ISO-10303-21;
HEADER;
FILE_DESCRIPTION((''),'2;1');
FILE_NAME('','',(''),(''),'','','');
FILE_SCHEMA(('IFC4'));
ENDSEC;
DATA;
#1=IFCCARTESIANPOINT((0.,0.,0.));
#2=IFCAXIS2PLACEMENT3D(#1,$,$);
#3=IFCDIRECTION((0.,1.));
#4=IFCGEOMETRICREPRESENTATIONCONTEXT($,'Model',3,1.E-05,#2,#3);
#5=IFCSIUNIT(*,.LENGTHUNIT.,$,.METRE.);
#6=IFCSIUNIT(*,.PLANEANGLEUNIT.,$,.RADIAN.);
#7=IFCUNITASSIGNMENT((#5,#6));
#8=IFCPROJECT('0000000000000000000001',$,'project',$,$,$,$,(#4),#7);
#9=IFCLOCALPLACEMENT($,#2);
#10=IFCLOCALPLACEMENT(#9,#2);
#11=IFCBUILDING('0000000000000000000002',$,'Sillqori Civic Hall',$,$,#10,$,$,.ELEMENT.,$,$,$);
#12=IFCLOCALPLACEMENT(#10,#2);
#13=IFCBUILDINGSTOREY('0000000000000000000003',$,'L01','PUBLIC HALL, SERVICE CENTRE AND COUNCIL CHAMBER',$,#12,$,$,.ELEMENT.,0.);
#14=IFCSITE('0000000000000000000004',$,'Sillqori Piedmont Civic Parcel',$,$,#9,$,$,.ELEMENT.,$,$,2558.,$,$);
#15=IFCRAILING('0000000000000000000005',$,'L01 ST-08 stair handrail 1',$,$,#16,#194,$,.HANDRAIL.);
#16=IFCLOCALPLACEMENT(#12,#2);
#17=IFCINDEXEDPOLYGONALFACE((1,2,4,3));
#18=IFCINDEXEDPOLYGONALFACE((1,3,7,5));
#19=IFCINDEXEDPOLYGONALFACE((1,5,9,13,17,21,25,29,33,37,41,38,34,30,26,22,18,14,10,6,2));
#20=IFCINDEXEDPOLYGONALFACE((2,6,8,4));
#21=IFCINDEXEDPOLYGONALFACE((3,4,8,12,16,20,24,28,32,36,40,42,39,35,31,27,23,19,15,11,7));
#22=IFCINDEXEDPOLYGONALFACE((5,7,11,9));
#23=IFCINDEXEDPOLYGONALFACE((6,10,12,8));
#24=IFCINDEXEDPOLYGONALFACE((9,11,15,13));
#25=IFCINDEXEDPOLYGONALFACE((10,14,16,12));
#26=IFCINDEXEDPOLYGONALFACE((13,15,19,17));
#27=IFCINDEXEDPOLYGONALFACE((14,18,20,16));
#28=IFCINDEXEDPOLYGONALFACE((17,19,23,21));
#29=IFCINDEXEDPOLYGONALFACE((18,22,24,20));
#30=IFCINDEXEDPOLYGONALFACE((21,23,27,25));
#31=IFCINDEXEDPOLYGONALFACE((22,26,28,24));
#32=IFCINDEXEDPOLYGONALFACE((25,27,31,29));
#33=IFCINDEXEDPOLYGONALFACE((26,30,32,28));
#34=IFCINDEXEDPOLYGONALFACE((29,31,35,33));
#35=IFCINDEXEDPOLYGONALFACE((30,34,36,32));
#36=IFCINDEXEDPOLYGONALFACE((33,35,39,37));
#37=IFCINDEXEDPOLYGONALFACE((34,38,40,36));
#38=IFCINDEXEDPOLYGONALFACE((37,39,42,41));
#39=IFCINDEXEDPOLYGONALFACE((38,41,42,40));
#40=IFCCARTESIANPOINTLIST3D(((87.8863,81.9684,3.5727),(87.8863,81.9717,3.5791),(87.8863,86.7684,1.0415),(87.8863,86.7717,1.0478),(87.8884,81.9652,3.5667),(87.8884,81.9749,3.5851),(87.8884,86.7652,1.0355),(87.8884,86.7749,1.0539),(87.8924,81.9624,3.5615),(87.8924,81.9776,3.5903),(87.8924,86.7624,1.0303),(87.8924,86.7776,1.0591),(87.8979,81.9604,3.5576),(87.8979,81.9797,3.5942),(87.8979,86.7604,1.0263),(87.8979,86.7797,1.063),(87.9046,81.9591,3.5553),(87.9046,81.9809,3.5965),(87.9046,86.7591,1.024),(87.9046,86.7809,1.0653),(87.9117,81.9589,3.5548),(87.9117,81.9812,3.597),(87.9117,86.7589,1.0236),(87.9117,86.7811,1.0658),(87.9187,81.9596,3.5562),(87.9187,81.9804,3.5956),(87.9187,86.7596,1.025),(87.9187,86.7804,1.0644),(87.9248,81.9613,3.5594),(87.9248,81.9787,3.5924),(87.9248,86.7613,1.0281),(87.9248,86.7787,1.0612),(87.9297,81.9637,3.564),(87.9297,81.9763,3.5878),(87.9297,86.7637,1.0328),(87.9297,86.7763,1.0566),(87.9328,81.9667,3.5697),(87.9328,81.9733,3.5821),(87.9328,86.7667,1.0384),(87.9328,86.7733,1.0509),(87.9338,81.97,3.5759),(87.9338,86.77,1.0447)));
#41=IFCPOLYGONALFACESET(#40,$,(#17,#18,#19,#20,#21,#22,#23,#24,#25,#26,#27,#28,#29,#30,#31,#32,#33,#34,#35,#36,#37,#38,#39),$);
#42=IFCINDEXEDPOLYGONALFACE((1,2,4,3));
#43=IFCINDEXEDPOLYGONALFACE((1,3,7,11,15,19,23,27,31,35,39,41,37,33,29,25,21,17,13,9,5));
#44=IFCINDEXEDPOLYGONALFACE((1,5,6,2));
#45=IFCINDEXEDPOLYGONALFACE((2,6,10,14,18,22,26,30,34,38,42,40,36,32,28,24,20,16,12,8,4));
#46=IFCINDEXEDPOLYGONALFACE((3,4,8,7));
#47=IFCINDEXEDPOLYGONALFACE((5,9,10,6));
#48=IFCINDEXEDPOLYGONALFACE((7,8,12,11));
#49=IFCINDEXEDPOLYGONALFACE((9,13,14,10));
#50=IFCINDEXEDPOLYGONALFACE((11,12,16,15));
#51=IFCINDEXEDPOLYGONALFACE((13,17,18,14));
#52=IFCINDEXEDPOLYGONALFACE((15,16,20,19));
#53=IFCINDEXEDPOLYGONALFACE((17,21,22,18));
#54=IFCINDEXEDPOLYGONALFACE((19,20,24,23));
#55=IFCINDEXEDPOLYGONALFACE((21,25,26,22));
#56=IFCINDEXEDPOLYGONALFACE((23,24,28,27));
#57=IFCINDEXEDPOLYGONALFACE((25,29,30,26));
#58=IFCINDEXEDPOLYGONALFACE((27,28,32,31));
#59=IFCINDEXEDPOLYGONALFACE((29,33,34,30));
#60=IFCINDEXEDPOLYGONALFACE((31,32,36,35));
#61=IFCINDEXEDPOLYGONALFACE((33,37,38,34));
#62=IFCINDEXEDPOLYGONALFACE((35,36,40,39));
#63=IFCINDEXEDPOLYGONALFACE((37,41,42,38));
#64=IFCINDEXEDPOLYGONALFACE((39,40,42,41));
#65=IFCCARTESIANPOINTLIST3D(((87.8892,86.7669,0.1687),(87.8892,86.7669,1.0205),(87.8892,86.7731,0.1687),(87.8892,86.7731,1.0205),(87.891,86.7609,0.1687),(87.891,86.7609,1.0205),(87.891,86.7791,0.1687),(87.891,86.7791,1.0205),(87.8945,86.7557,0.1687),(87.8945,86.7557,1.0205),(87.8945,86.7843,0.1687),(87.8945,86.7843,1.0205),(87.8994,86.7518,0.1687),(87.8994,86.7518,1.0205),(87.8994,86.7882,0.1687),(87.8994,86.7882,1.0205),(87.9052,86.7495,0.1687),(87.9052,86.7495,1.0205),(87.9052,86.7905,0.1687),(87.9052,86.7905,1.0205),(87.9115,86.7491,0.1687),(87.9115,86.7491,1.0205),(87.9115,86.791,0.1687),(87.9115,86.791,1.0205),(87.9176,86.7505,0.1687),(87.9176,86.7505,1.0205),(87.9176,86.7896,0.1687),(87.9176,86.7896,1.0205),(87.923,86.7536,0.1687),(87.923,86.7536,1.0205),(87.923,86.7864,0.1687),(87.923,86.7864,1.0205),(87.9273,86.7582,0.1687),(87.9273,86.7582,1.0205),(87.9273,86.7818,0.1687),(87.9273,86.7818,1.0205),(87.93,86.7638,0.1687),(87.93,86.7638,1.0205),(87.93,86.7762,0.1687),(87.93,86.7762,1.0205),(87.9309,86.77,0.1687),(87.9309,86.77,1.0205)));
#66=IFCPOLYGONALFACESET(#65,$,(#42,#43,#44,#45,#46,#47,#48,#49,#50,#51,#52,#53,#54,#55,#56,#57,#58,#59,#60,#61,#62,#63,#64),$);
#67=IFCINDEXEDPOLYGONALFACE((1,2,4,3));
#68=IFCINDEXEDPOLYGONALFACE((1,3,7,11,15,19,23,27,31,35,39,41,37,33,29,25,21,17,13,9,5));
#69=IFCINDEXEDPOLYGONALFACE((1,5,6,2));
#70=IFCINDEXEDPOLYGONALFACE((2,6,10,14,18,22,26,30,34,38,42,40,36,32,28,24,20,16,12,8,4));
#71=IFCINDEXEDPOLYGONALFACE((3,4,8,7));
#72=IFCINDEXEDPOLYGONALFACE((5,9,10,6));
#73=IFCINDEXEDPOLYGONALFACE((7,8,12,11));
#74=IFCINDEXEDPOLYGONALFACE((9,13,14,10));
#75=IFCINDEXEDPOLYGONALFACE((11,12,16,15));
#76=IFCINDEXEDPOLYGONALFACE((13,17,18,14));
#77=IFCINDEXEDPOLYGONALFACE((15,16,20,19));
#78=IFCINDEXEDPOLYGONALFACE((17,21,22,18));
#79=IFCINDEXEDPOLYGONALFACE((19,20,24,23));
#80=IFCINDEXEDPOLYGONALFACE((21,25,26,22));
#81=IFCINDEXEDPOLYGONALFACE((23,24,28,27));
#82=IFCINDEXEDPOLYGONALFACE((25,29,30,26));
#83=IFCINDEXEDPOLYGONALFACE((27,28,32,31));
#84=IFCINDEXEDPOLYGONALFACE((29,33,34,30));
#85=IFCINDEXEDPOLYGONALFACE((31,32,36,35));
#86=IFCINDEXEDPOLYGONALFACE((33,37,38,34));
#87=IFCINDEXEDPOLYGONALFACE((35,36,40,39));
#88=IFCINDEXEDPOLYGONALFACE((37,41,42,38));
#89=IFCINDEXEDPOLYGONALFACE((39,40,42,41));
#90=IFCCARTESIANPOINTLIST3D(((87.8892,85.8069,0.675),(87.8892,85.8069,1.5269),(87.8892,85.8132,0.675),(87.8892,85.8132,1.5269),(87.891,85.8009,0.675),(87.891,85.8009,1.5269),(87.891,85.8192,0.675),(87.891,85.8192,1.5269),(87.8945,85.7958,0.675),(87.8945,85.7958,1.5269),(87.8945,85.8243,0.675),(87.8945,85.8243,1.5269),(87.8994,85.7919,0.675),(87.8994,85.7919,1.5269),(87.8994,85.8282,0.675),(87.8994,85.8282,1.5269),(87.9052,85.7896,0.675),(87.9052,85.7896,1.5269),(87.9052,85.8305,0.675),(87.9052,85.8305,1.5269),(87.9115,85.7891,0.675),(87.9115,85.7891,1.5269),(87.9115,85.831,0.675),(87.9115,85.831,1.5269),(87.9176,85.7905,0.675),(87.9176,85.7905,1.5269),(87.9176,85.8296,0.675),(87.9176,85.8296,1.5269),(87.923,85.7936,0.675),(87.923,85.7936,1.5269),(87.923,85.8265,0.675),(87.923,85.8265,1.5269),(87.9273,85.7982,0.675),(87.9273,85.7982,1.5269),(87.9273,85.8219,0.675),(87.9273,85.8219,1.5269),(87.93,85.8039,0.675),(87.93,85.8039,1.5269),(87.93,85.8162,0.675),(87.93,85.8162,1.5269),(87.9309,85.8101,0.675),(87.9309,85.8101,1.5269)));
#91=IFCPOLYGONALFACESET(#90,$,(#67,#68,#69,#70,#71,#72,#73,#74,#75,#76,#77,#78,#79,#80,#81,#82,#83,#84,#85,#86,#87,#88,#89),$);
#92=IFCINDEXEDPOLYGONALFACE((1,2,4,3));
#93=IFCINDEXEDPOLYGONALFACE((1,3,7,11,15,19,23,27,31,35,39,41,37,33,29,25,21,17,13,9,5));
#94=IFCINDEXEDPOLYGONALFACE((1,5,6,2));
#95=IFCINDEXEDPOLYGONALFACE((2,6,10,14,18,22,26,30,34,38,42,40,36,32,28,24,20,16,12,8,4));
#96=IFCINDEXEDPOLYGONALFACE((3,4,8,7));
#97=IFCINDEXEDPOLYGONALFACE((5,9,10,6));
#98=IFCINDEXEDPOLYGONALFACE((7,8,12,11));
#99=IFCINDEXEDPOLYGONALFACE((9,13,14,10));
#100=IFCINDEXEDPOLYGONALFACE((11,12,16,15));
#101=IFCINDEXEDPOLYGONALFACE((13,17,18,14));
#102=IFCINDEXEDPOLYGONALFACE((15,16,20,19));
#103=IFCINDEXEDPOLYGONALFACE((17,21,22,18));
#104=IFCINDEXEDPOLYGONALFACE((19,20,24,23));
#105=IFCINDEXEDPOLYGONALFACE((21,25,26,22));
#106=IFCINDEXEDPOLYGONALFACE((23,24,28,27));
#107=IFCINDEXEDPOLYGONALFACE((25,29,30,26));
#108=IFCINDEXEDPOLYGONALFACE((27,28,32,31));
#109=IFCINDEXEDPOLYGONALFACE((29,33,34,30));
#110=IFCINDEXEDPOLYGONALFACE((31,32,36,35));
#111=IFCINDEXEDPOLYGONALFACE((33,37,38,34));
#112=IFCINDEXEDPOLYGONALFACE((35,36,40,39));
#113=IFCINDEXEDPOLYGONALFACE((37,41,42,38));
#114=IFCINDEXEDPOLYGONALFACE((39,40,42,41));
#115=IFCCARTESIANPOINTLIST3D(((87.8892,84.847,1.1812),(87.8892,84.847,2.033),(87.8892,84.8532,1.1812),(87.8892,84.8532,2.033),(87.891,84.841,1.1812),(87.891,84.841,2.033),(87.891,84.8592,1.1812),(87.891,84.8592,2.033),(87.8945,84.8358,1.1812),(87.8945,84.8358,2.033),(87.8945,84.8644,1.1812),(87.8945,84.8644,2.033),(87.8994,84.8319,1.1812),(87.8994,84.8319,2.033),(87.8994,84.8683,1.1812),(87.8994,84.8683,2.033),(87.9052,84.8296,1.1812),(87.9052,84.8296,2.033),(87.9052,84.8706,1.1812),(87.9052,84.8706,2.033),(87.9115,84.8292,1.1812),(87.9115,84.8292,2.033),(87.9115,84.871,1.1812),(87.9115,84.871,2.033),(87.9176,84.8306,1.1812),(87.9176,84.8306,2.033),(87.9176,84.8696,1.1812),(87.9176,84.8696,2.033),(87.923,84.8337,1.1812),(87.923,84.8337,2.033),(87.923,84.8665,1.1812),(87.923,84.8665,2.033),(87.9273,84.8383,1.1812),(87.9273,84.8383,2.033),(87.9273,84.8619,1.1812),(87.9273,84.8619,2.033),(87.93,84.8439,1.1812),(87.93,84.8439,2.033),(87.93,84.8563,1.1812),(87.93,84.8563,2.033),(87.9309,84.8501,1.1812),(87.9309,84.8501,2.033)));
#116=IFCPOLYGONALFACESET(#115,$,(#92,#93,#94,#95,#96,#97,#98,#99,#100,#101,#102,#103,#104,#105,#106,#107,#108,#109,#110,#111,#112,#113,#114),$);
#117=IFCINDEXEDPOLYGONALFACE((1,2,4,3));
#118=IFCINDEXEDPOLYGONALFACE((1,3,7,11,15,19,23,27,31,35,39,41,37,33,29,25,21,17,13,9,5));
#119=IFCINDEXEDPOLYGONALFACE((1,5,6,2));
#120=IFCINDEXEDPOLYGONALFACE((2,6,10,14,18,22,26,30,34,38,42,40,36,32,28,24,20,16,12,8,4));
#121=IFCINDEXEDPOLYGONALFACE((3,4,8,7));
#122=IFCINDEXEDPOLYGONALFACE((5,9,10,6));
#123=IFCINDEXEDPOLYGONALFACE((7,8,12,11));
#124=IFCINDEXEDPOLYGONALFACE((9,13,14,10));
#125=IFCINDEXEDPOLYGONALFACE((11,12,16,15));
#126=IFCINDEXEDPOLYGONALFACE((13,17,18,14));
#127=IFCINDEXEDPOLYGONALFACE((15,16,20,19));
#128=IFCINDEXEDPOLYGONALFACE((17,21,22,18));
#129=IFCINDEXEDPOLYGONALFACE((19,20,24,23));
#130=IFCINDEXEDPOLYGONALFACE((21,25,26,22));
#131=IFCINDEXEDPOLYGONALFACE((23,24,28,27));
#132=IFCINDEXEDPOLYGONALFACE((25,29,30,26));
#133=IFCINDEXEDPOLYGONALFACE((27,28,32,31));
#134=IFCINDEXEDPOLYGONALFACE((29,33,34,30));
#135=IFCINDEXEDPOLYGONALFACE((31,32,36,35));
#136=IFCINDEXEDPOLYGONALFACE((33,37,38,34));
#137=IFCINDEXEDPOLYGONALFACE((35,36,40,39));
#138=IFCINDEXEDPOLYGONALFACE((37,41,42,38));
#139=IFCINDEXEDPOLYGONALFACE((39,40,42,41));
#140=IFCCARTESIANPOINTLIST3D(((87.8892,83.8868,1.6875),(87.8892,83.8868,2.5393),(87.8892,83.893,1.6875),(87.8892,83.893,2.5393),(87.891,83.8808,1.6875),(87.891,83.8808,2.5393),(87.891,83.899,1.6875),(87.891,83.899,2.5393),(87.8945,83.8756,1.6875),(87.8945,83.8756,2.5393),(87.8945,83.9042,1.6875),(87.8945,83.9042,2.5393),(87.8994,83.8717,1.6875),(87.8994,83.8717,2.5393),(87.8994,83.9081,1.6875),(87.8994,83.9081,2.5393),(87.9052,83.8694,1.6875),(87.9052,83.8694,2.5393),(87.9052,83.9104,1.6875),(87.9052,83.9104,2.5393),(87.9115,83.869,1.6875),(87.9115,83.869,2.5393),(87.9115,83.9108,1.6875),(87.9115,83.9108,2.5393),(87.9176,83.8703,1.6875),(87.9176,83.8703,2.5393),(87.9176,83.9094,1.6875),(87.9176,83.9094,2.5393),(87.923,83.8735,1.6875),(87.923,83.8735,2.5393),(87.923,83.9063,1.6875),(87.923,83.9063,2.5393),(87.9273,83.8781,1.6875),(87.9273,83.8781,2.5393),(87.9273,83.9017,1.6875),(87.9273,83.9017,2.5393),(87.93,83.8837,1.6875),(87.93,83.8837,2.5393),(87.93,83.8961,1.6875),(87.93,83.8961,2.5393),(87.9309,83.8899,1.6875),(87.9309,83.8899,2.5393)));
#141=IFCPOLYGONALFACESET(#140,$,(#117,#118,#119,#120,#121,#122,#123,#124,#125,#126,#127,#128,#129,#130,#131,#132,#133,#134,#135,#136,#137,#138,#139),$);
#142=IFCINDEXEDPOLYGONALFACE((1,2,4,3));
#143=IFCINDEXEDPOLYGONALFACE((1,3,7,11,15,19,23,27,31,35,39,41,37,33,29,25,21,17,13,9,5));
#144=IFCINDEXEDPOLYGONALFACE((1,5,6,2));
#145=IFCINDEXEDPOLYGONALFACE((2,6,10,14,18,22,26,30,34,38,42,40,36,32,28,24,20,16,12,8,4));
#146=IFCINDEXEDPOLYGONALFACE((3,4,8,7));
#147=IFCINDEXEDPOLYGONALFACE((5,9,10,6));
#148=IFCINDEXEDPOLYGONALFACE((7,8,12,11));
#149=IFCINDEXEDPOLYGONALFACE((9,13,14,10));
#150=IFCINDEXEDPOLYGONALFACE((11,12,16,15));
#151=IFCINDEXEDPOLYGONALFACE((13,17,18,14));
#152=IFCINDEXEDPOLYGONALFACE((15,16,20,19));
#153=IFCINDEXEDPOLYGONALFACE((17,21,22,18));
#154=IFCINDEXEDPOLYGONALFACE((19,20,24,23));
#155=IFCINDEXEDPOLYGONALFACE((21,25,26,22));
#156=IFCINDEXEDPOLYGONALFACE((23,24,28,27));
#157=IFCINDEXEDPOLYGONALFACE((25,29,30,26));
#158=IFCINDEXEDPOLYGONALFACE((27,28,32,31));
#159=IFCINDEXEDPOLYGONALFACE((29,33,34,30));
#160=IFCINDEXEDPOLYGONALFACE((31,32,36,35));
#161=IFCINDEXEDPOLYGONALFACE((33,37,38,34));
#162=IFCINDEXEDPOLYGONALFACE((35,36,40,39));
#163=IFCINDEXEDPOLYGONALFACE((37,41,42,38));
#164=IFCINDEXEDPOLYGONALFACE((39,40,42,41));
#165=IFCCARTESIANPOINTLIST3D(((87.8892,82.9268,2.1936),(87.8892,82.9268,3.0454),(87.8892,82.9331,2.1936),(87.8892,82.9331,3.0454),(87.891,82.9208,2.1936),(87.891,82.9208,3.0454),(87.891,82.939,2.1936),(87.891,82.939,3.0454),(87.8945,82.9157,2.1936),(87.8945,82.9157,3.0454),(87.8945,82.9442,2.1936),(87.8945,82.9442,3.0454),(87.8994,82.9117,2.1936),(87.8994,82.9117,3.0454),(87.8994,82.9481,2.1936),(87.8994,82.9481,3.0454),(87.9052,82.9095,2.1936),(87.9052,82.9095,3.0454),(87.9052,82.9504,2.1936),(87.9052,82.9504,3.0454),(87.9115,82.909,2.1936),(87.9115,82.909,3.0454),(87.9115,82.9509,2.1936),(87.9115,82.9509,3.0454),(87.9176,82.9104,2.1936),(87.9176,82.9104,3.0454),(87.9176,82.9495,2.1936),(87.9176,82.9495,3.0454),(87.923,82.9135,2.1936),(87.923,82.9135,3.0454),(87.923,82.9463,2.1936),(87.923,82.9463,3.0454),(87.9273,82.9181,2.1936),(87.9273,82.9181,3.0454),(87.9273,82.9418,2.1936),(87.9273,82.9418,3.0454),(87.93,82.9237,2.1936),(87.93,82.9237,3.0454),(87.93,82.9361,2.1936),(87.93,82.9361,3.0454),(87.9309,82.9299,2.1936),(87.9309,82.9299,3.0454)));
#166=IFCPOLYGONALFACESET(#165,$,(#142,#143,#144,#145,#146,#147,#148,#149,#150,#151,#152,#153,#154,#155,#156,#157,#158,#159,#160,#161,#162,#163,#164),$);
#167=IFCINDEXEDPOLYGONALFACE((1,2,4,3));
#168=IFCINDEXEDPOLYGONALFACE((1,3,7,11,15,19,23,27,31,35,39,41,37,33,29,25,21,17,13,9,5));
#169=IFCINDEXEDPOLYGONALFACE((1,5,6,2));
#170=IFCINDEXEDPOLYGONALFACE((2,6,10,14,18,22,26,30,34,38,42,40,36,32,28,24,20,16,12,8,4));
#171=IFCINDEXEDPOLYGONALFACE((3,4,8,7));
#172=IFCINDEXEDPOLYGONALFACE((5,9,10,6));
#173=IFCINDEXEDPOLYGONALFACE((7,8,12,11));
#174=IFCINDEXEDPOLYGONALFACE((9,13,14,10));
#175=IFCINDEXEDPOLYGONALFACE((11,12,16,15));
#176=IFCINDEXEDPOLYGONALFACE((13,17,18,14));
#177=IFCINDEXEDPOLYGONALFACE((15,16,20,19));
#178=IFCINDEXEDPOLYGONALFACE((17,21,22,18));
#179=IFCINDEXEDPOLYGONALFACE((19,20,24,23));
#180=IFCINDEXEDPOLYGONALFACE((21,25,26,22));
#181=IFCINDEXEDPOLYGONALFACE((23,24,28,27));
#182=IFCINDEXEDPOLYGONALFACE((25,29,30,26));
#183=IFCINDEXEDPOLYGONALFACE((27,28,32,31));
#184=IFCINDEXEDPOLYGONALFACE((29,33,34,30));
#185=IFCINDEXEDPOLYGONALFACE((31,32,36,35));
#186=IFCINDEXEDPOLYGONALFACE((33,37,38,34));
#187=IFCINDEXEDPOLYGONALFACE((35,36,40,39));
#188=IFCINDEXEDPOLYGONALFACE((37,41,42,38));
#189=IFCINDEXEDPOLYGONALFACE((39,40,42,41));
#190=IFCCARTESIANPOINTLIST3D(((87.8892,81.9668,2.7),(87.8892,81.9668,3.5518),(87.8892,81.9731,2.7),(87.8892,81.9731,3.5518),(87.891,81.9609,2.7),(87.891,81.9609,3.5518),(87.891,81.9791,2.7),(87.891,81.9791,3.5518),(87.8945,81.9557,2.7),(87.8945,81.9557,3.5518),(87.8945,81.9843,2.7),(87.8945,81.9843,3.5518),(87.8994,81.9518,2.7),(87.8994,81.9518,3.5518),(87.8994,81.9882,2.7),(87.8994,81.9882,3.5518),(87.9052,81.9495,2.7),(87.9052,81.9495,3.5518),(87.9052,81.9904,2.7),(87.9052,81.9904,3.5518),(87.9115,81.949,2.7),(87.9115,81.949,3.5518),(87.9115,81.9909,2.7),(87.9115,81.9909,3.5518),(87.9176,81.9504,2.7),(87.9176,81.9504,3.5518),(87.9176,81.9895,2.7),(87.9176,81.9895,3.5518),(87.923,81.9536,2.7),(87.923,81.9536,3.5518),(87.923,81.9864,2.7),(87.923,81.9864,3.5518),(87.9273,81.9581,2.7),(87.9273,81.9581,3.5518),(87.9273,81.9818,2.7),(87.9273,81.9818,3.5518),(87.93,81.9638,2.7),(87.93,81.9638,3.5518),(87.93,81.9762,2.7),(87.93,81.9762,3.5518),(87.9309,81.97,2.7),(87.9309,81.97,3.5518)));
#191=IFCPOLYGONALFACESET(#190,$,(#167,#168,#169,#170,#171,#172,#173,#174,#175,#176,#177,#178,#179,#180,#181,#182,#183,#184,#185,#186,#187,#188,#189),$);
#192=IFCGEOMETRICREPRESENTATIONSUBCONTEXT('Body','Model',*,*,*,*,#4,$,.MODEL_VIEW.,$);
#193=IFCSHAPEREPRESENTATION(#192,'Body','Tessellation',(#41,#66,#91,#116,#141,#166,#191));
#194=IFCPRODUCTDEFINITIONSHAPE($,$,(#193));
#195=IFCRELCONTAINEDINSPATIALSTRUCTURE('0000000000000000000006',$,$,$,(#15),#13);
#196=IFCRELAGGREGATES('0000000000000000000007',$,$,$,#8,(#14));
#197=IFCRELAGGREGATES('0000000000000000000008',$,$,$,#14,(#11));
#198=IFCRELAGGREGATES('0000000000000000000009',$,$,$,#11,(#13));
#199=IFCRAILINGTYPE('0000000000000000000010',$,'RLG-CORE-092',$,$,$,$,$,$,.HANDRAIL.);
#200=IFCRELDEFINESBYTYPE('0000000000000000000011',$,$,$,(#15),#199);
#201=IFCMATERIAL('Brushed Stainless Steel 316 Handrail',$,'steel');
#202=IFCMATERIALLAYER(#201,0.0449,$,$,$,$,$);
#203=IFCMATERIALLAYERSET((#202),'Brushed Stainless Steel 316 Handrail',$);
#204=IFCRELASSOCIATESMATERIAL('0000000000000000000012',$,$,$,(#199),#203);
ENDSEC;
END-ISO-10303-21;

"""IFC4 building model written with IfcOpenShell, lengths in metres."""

from ifc_helpers import new_model, si_unit, direction, frame, origin, origin_2d, place, context, subcontext, project, spatial, circle, extrude, material, layer, layer_set, type_object, element, save


model = new_model("IFC4")

# Units and contexts
model_context = context("Model", 3, precision=1e-05, world=origin(), true_north=direction((0.0, 1.0)))
body_context = subcontext(model_context, "Body", "Model", "MODEL_VIEW")
ifc_project = project(units=[si_unit("LENGTHUNIT", "METRE"), si_unit("PLANEANGLEUNIT", "RADIAN")], contexts=[model_context])

# Site, building, storey
site_placement = place(None, origin())
site = spatial("IfcSite", under=ifc_project, at=site_placement, Name="Sillqori Piedmont Civic Parcel", CompositionType="ELEMENT", RefElevation=2558.0)
building_placement = place(site_placement, origin())
building = spatial("IfcBuilding", under=site, at=building_placement, Name="Sillqori Civic Hall", CompositionType="ELEMENT")
storey_placement = place(building_placement, origin())
storey = spatial("IfcBuildingStorey", under=building, at=storey_placement, Name="L01", Description="PUBLIC HALL, SERVICE CENTRE AND COUNCIL CHAMBER", CompositionType="ELEMENT", Elevation=0.0)

# Railing
ifc_material_1 = material(Name="Brushed Stainless Steel 316 Handrail", Category="steel")
ifc_layer_1 = layer(ifc_material_1, 0.0449)
ifc_layer_set_1 = layer_set([ifc_layer_1], Name="Brushed Stainless Steel 316 Handrail")
railing_type_1 = type_object("IfcRailingType", Name="RLG-CORE-092", PredefinedType="HANDRAIL", material=ifc_layer_set_1)
railing_1_placement = place(storey_placement, frame((87.9099, 86.77, 0.1687)))
element("IfcRailing", 1, at=railing_1_placement, inside=storey, type_object=railing_type_1, Name="L01 ST-08 stair handrail 1", PredefinedType="HANDRAIL", context=body_context, shape_type="SweptSolid", body=[
    extrude(circle(Radius=0.0239, at=origin_2d()), frame((0.0, 0.0, 0.876), z_axis=(0.0, -0.884545, 0.466455), x_axis=(1.0, 0.0, 0.0)), (0.0, 0.0, 1.0), 5.4265),
    extrude(circle(Radius=0.021, at=origin_2d()), origin(), (0.0, 0.0, 1.0), 0.8518),
    extrude(circle(Radius=0.021, at=origin_2d()), frame((0.0, -0.96, 0.5063)), (0.0, 0.0, 1.0), 0.8518),
    extrude(circle(Radius=0.021, at=origin_2d()), frame((0.0, -1.9199, 1.0125)), (0.0, 0.0, 1.0), 0.8518),
    extrude(circle(Radius=0.021, at=origin_2d()), frame((0.0, -2.8801, 1.5188)), (0.0, 0.0, 1.0), 0.8518),
    extrude(circle(Radius=0.021, at=origin_2d()), frame((0.0, -3.8401, 2.0249)), (0.0, 0.0, 1.0), 0.8518),
    extrude(circle(Radius=0.021, at=origin_2d()), frame((0.0, -4.8, 2.5312)), (0.0, 0.0, 1.0), 0.8518),
])

save(model, "model.ifc")
